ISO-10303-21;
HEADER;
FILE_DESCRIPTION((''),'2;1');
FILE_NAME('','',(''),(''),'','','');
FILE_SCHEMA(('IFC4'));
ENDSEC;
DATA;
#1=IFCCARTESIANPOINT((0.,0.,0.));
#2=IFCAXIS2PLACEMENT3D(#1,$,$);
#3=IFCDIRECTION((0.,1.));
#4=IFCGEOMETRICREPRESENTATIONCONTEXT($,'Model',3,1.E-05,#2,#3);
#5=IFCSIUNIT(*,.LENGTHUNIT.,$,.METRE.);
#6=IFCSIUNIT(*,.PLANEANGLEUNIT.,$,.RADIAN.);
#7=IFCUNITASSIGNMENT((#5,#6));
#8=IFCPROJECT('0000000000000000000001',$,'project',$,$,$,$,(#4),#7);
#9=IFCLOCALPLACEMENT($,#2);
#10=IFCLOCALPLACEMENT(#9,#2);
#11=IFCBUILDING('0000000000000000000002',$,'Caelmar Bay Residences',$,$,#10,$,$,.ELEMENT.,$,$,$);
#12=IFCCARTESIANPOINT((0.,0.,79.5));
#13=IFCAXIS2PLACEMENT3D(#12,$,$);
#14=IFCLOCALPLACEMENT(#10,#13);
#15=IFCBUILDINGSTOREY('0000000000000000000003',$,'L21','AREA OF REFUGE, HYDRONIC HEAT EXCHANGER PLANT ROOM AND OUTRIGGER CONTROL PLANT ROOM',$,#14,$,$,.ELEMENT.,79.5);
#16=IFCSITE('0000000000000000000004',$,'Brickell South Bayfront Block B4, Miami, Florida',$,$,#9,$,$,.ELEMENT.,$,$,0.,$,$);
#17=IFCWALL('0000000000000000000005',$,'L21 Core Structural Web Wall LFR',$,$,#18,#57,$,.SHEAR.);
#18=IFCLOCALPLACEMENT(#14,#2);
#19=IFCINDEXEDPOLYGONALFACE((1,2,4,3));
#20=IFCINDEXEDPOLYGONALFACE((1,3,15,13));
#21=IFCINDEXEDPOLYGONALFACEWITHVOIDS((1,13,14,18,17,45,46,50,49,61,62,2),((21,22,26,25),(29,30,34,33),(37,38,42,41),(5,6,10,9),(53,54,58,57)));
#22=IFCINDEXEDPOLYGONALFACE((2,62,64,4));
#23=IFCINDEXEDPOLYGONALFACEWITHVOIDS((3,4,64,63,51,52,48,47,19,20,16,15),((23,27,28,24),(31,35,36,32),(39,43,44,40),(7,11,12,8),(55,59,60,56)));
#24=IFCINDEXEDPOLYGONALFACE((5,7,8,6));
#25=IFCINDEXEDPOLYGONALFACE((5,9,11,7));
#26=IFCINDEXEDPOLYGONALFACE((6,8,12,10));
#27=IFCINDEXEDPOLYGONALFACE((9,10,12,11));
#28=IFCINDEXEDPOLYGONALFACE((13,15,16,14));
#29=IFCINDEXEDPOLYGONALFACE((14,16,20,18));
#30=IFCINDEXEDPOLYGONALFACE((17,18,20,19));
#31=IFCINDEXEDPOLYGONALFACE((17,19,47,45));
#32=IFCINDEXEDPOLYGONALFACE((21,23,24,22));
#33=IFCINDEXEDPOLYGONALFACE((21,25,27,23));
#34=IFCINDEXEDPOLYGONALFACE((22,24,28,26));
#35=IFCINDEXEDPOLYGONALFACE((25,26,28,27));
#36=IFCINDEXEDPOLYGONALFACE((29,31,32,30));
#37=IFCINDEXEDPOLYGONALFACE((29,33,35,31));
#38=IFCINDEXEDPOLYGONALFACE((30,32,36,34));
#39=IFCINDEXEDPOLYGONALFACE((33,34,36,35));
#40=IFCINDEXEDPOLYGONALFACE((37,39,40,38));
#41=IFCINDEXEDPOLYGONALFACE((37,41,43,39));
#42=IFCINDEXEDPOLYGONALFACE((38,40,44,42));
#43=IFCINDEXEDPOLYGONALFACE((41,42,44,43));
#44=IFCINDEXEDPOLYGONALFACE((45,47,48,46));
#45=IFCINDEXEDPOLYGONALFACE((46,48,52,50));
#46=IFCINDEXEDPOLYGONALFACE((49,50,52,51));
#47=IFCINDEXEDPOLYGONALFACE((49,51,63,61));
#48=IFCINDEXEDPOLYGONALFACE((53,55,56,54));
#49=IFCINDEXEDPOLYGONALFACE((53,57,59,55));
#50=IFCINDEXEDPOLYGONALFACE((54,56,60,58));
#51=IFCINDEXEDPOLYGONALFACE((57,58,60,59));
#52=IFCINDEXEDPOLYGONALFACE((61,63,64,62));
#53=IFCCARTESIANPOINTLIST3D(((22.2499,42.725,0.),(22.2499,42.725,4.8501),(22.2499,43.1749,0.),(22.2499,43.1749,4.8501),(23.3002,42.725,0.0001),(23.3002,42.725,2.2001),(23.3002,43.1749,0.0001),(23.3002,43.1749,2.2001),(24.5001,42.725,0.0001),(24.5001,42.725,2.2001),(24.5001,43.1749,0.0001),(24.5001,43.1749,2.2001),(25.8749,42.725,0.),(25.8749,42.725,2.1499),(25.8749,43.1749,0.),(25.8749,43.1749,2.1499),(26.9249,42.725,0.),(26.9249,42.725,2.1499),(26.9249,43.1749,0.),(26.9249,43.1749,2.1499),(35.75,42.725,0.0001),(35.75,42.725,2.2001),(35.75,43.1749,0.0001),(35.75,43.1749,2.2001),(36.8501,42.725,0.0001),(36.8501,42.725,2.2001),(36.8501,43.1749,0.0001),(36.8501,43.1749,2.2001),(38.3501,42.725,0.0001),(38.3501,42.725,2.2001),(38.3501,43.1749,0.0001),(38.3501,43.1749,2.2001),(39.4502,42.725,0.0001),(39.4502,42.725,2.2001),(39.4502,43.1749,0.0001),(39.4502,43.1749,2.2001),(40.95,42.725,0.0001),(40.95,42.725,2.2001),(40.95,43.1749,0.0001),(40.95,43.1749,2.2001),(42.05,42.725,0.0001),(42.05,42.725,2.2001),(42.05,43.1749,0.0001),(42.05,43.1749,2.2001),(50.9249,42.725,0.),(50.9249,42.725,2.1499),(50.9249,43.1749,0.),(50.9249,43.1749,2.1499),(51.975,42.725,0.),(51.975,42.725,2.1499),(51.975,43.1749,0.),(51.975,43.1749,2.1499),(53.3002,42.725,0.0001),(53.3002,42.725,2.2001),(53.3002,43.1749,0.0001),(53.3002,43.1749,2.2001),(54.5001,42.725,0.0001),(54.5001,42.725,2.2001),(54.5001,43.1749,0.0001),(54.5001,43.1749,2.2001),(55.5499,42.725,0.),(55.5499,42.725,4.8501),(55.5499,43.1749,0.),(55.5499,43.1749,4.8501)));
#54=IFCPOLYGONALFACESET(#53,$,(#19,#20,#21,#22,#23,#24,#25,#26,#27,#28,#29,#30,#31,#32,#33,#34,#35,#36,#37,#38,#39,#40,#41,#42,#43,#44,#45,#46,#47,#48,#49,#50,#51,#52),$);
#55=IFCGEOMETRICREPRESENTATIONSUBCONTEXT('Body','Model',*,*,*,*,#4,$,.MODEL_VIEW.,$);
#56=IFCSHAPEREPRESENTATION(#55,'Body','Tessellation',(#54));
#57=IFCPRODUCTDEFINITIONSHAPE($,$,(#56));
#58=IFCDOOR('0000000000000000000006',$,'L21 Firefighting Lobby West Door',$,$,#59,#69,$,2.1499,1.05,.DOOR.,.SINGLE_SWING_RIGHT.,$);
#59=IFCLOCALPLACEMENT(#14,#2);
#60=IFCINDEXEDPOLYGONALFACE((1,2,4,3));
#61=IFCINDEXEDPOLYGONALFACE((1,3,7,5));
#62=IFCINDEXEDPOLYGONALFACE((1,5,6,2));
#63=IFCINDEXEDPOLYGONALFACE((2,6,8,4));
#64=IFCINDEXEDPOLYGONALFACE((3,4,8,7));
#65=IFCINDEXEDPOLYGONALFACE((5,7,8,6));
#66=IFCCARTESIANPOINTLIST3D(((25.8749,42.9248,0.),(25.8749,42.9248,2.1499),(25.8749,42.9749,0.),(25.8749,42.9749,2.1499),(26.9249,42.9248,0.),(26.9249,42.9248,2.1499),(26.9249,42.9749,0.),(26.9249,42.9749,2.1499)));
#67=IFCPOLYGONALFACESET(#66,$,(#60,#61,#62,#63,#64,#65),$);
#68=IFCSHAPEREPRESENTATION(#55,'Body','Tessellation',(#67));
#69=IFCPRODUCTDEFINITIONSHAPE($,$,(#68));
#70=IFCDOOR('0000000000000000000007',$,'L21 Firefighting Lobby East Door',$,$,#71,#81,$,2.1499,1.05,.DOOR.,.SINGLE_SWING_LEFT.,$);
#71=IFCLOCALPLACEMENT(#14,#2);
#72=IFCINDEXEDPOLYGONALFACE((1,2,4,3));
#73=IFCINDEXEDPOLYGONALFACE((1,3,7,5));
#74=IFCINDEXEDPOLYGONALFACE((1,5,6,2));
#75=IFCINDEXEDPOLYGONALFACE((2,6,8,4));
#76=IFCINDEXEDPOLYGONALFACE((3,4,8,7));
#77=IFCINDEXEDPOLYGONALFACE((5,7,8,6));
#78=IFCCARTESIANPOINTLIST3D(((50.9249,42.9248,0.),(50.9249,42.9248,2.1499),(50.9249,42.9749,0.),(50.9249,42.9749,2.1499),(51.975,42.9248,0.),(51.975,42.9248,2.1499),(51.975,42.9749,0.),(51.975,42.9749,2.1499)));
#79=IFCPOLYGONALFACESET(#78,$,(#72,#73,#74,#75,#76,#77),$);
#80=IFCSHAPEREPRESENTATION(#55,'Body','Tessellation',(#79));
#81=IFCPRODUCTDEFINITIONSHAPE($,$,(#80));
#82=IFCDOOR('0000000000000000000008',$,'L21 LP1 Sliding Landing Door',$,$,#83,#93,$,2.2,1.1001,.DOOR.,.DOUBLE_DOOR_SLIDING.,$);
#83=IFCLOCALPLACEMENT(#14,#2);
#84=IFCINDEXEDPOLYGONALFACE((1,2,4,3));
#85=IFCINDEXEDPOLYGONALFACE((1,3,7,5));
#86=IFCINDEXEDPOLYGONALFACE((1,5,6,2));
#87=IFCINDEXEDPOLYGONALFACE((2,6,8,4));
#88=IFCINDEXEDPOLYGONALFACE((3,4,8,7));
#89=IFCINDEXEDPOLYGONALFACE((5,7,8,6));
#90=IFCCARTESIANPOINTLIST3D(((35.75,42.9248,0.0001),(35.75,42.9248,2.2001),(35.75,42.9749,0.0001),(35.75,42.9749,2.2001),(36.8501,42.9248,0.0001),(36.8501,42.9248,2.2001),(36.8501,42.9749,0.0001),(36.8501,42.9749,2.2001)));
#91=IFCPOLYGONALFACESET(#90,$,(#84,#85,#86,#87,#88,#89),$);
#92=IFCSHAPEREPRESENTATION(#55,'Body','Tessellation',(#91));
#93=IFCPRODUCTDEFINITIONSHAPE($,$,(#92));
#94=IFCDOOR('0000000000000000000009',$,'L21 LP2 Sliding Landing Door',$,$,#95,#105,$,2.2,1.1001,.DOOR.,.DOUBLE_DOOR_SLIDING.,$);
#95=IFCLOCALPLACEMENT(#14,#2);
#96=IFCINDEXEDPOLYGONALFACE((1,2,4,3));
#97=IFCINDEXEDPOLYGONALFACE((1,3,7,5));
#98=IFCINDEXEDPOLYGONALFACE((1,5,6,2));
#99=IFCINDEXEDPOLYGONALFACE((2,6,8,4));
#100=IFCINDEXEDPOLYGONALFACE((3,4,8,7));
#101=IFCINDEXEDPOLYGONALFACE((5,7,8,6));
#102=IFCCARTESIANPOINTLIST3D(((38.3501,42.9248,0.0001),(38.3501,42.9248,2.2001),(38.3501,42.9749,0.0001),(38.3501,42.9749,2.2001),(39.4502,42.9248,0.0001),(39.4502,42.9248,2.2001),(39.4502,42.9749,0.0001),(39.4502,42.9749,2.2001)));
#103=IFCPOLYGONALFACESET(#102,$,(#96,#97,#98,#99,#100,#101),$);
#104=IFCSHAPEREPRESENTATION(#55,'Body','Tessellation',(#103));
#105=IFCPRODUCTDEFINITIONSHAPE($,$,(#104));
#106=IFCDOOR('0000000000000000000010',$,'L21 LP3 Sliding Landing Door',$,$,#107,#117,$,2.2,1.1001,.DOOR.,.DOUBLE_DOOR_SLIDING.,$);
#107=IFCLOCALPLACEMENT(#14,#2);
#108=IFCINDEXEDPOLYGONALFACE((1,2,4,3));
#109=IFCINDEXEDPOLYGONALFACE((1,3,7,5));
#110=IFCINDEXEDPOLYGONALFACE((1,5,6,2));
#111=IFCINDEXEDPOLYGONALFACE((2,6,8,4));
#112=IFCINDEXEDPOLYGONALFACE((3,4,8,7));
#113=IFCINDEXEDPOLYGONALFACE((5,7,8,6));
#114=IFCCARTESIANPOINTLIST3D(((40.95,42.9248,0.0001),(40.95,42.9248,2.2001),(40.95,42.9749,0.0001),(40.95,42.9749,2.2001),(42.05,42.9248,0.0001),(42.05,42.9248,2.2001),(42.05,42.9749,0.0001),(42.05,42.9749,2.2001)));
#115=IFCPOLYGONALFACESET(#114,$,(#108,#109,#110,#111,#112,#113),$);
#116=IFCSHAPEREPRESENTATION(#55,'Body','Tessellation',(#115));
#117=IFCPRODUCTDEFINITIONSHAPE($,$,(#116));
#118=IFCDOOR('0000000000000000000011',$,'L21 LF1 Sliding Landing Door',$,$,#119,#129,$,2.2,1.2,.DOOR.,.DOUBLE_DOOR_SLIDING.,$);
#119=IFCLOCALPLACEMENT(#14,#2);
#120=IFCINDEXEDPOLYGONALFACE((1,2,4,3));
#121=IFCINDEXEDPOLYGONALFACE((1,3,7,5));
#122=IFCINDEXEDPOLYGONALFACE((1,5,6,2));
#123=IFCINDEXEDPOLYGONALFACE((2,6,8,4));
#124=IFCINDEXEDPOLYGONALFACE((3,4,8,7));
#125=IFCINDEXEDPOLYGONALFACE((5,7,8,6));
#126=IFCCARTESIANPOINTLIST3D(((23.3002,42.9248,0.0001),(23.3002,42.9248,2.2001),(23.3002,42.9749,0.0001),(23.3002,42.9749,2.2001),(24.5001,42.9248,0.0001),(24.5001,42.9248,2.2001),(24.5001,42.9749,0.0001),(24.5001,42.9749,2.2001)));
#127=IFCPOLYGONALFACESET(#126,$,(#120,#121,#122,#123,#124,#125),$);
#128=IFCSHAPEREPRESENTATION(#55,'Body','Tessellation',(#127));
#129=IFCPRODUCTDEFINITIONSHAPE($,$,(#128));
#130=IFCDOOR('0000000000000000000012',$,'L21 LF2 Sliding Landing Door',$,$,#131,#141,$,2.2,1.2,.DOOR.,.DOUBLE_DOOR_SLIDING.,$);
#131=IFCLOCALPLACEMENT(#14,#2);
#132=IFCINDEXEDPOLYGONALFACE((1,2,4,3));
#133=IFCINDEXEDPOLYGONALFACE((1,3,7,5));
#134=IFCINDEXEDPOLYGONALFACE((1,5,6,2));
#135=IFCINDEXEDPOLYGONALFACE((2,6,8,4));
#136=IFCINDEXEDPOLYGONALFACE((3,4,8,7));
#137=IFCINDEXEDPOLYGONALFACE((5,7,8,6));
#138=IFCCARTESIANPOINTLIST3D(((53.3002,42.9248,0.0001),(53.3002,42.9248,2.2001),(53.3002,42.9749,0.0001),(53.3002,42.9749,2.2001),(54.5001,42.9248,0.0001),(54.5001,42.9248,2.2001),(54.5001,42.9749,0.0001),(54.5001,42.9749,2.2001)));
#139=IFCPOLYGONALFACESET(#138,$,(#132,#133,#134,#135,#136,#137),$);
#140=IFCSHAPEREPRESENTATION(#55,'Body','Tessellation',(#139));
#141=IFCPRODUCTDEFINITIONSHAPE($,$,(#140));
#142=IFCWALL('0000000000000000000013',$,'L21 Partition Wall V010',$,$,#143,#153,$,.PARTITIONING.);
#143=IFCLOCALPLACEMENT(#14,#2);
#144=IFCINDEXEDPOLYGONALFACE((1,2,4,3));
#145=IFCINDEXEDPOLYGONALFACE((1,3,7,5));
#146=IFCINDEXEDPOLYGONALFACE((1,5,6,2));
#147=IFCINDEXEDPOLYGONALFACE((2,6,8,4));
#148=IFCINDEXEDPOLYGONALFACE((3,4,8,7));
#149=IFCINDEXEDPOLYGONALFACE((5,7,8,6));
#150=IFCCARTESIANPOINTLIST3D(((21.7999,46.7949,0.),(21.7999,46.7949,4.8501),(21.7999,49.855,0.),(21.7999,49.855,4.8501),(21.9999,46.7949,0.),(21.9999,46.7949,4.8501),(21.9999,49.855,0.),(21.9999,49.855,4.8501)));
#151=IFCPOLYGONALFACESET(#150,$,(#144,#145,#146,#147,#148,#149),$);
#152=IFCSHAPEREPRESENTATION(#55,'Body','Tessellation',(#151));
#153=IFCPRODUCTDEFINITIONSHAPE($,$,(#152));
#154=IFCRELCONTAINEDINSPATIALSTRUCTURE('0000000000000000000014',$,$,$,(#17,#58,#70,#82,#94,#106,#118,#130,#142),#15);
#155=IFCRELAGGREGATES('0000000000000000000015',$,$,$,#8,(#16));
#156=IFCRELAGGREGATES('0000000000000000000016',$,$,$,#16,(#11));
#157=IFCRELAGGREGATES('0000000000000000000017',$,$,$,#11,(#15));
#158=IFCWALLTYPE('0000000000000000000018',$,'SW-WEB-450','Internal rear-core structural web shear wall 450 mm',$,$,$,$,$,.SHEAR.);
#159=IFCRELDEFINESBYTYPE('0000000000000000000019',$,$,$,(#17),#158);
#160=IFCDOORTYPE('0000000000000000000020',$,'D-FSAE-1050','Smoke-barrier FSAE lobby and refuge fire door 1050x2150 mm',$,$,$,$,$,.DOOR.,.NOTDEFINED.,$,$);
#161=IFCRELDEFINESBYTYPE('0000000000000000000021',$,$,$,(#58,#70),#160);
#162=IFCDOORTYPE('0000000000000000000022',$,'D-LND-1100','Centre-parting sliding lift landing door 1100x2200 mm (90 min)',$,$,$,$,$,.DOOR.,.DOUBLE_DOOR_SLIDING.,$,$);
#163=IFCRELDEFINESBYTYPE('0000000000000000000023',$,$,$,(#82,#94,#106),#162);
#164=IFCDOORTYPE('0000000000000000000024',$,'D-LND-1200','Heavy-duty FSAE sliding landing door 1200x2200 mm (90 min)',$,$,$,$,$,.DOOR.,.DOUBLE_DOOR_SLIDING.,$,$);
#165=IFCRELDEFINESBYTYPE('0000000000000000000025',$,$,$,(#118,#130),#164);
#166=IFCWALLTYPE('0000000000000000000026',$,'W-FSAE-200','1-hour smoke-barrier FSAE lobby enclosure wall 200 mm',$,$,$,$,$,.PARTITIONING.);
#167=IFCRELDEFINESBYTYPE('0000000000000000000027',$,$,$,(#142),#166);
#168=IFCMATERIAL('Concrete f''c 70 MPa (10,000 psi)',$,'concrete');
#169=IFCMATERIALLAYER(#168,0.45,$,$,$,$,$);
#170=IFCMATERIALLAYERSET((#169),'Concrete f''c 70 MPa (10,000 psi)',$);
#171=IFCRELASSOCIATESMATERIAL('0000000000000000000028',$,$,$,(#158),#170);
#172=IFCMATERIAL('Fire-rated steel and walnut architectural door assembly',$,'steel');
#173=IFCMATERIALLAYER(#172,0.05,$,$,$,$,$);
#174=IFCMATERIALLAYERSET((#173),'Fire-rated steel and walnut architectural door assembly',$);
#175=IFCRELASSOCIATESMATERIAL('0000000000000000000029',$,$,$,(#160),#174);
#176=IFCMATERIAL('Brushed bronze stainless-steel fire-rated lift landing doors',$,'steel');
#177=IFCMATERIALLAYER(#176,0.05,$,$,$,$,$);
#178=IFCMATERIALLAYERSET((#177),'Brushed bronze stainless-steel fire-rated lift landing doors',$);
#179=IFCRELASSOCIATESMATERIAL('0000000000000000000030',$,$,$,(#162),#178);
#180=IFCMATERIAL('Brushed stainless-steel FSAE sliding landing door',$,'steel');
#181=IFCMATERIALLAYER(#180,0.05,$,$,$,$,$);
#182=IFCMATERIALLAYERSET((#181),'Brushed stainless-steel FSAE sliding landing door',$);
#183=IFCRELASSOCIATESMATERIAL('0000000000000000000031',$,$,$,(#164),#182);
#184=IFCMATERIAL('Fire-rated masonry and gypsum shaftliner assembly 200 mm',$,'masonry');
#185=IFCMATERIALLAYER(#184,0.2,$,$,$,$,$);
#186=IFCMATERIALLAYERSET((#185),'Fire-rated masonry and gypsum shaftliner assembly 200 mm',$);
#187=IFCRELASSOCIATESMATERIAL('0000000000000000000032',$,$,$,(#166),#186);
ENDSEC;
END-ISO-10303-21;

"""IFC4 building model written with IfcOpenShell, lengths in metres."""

from ifc_helpers import new_model, si_unit, direction, frame, frame_2d, origin, place, context, subcontext, project, spatial, rectangle, extrude, material, layer, layer_set, type_object, element, fill, save


model = new_model("IFC4")

# Units and contexts
model_context = context("Model", 3, precision=1e-05, world=origin(), true_north=direction((0.0, 1.0)))
body_context = subcontext(model_context, "Body", "Model", "MODEL_VIEW")
ifc_project = project(units=[si_unit("LENGTHUNIT", "METRE"), si_unit("PLANEANGLEUNIT", "RADIAN")], contexts=[model_context])

# Site, building, storey
site_placement = place(None, origin())
site = spatial("IfcSite", under=ifc_project, at=site_placement, Name="Brickell South Bayfront Block B4, Miami, Florida", CompositionType="ELEMENT", RefElevation=0.0)
building_placement = place(site_placement, origin())
building = spatial("IfcBuilding", under=site, at=building_placement, Name="Caelmar Bay Residences", CompositionType="ELEMENT")
storey_placement = place(building_placement, frame((0.0, 0.0, 79.5)))
storey = spatial("IfcBuildingStorey", under=building, at=storey_placement, Name="L21", Description="AREA OF REFUGE, HYDRONIC HEAT EXCHANGER PLANT ROOM AND OUTRIGGER CONTROL PLANT ROOM", CompositionType="ELEMENT", Elevation=79.5)

# Wall, openings, doors
ifc_material_1 = material(Name="Concrete f'c 70 MPa (10,000 psi)", Category="concrete")
ifc_layer_1 = layer(ifc_material_1, 0.45)
ifc_layer_set_1 = layer_set([ifc_layer_1], Name="Concrete f'c 70 MPa (10,000 psi)")
wall_type_1 = type_object("IfcWallType", Name="SW-WEB-450", Description="Internal rear-core structural web shear wall 450 mm", PredefinedType="SHEAR", material=ifc_layer_set_1)
wall_1_placement = place(storey_placement, frame((22.25, 42.95, 0.0), z_axis=(0.0, 0.0, 1.0), x_axis=(1.0, 0.0, 0.0)))
wall_1 = element("IfcWall", 1, at=wall_1_placement, inside=storey, type_object=wall_type_1, Name="L21 Core Structural Web Wall LFR", PredefinedType="SHEAR", context=body_context, shape_type="SweptSolid", body=[
    extrude(rectangle(XDim=33.3, YDim=0.45, at=frame_2d((16.6499, 0.0))), origin(), (0.0, 0.0, 1.0), 4.8501),
])
opening_1_placement = place(wall_1_placement, frame((1.05, 0.0, 0.0)))
opening_1 = element("IfcOpeningElement", 2, at=opening_1_placement, cuts=wall_1, PredefinedType="OPENING", context=body_context, shape_type="SweptSolid", body=[
    extrude(rectangle(XDim=1.2, YDim=2.2, at=frame_2d((0.6001, 1.1001))), frame((0.0, 0.2349, 0.0), z_axis=(0.0, -1.0, 0.0), x_axis=(1.0, 0.0, 0.0)), (0.0, 0.0, 1.0), 0.47),
])
opening_2_placement = place(wall_1_placement, frame((31.05, 0.0, 0.0)))
opening_2 = element("IfcOpeningElement", 3, at=opening_2_placement, cuts=wall_1, PredefinedType="OPENING", context=body_context, shape_type="SweptSolid", body=[
    extrude(rectangle(XDim=1.2, YDim=2.2, at=frame_2d((0.6001, 1.1001))), frame((0.0, 0.2349, 0.0), z_axis=(0.0, -1.0, 0.0), x_axis=(1.0, 0.0, 0.0)), (0.0, 0.0, 1.0), 0.47),
])
opening_3_placement = place(wall_1_placement, frame((13.5, 0.0, 0.0)))
opening_3 = element("IfcOpeningElement", 4, at=opening_3_placement, cuts=wall_1, PredefinedType="OPENING", context=body_context, shape_type="SweptSolid", body=[
    extrude(rectangle(XDim=1.1001, YDim=2.2, at=frame_2d((0.55, 1.1001))), frame((0.0, 0.2349, 0.0), z_axis=(0.0, -1.0, 0.0), x_axis=(1.0, 0.0, 0.0)), (0.0, 0.0, 1.0), 0.47),
])
opening_4_placement = place(wall_1_placement, frame((16.1001, 0.0, 0.0)))
opening_4 = element("IfcOpeningElement", 5, at=opening_4_placement, cuts=wall_1, PredefinedType="OPENING", context=body_context, shape_type="SweptSolid", body=[
    extrude(rectangle(XDim=1.1001, YDim=2.2, at=frame_2d((0.55, 1.1001))), frame((0.0, 0.2349, 0.0), z_axis=(0.0, -1.0, 0.0), x_axis=(1.0, 0.0, 0.0)), (0.0, 0.0, 1.0), 0.47),
])
opening_5_placement = place(wall_1_placement, frame((18.7, 0.0, 0.0)))
opening_5 = element("IfcOpeningElement", 6, at=opening_5_placement, cuts=wall_1, PredefinedType="OPENING", context=body_context, shape_type="SweptSolid", body=[
    extrude(rectangle(XDim=1.1001, YDim=2.2, at=frame_2d((0.55, 1.1001))), frame((0.0, 0.2349, 0.0), z_axis=(0.0, -1.0, 0.0), x_axis=(1.0, 0.0, 0.0)), (0.0, 0.0, 1.0), 0.47),
])
opening_6_placement = place(wall_1_placement, frame((3.625, 0.0, 0.0)))
opening_6 = element("IfcOpeningElement", 7, at=opening_6_placement, cuts=wall_1, PredefinedType="OPENING", context=body_context, shape_type="SweptSolid", body=[
    extrude(rectangle(XDim=1.05, YDim=2.1499, at=frame_2d((0.5249, 1.075))), frame((0.0, 0.2349, 0.0), z_axis=(0.0, -1.0, 0.0), x_axis=(1.0, 0.0, 0.0)), (0.0, 0.0, 1.0), 0.47),
])
opening_7_placement = place(wall_1_placement, frame((28.675, 0.0, 0.0)))
opening_7 = element("IfcOpeningElement", 8, at=opening_7_placement, cuts=wall_1, PredefinedType="OPENING", context=body_context, shape_type="SweptSolid", body=[
    extrude(rectangle(XDim=1.05, YDim=2.1499, at=frame_2d((0.5249, 1.075))), frame((0.0, 0.2349, 0.0), z_axis=(0.0, -1.0, 0.0), x_axis=(1.0, 0.0, 0.0)), (0.0, 0.0, 1.0), 0.47),
])
ifc_material_2 = material(Name="Fire-rated steel and walnut architectural door assembly", Category="steel")
ifc_layer_2 = layer(ifc_material_2, 0.05)
ifc_layer_set_2 = layer_set([ifc_layer_2], Name="Fire-rated steel and walnut architectural door assembly")
door_type_1 = type_object("IfcDoorType", Name="D-FSAE-1050", Description="Smoke-barrier FSAE lobby and refuge fire door 1050x2150 mm", OperationType="NOTDEFINED", PredefinedType="DOOR", material=ifc_layer_set_2)
door_1_placement = place(opening_6_placement, origin())
door_1 = element("IfcDoor", 9, at=door_1_placement, inside=storey, type_object=door_type_1, Name="L21 Firefighting Lobby West Door", OperationType="SINGLE_SWING_RIGHT", OverallHeight=2.1499, OverallWidth=1.05, PredefinedType="DOOR", context=body_context, shape_type="SweptSolid", body=[
    extrude(rectangle(XDim=1.05, YDim=2.1499, at=frame_2d((0.5249, 1.075))), frame((0.0, 0.0249, 0.0), z_axis=(0.0, -1.0, 0.0), x_axis=(1.0, 0.0, 0.0)), (0.0, 0.0, 1.0), 0.05),
])
fill(opening_6, door_1)
door_2_placement = place(opening_7_placement, origin())
door_2 = element("IfcDoor", 10, at=door_2_placement, inside=storey, type_object=door_type_1, Name="L21 Firefighting Lobby East Door", OperationType="SINGLE_SWING_LEFT", OverallHeight=2.1499, OverallWidth=1.05, PredefinedType="DOOR", context=body_context, shape_type="SweptSolid", body=[
    extrude(rectangle(XDim=1.05, YDim=2.1499, at=frame_2d((0.5249, 1.075))), frame((0.0, 0.0249, 0.0), z_axis=(0.0, -1.0, 0.0), x_axis=(1.0, 0.0, 0.0)), (0.0, 0.0, 1.0), 0.05),
])
fill(opening_7, door_2)
ifc_material_3 = material(Name="Brushed bronze stainless-steel fire-rated lift landing doors", Category="steel")
ifc_layer_3 = layer(ifc_material_3, 0.05)
ifc_layer_set_3 = layer_set([ifc_layer_3], Name="Brushed bronze stainless-steel fire-rated lift landing doors")
door_type_2 = type_object("IfcDoorType", Name="D-LND-1100", Description="Centre-parting sliding lift landing door 1100x2200 mm (90 min)", OperationType="DOUBLE_DOOR_SLIDING", PredefinedType="DOOR", material=ifc_layer_set_3)
door_3_placement = place(opening_3_placement, origin())
door_3 = element("IfcDoor", 11, at=door_3_placement, inside=storey, type_object=door_type_2, Name="L21 LP1 Sliding Landing Door", OperationType="DOUBLE_DOOR_SLIDING", OverallHeight=2.2, OverallWidth=1.1001, PredefinedType="DOOR", context=body_context, shape_type="SweptSolid", body=[
    extrude(rectangle(XDim=1.1001, YDim=2.2, at=frame_2d((0.55, 1.1001))), frame((0.0, 0.0249, 0.0), z_axis=(0.0, -1.0, 0.0), x_axis=(1.0, 0.0, 0.0)), (0.0, 0.0, 1.0), 0.05),
])
fill(opening_3, door_3)
door_4_placement = place(opening_4_placement, origin())
door_4 = element("IfcDoor", 12, at=door_4_placement, inside=storey, type_object=door_type_2, Name="L21 LP2 Sliding Landing Door", OperationType="DOUBLE_DOOR_SLIDING", OverallHeight=2.2, OverallWidth=1.1001, PredefinedType="DOOR", context=body_context, shape_type="SweptSolid", body=[
    extrude(rectangle(XDim=1.1001, YDim=2.2, at=frame_2d((0.55, 1.1001))), frame((0.0, 0.0249, 0.0), z_axis=(0.0, -1.0, 0.0), x_axis=(1.0, 0.0, 0.0)), (0.0, 0.0, 1.0), 0.05),
])
fill(opening_4, door_4)
door_5_placement = place(opening_5_placement, origin())
door_5 = element("IfcDoor", 13, at=door_5_placement, inside=storey, type_object=door_type_2, Name="L21 LP3 Sliding Landing Door", OperationType="DOUBLE_DOOR_SLIDING", OverallHeight=2.2, OverallWidth=1.1001, PredefinedType="DOOR", context=body_context, shape_type="SweptSolid", body=[
    extrude(rectangle(XDim=1.1001, YDim=2.2, at=frame_2d((0.55, 1.1001))), frame((0.0, 0.0249, 0.0), z_axis=(0.0, -1.0, 0.0), x_axis=(1.0, 0.0, 0.0)), (0.0, 0.0, 1.0), 0.05),
])
fill(opening_5, door_5)
ifc_material_4 = material(Name="Brushed stainless-steel FSAE sliding landing door", Category="steel")
ifc_layer_4 = layer(ifc_material_4, 0.05)
ifc_layer_set_4 = layer_set([ifc_layer_4], Name="Brushed stainless-steel FSAE sliding landing door")
door_type_3 = type_object("IfcDoorType", Name="D-LND-1200", Description="Heavy-duty FSAE sliding landing door 1200x2200 mm (90 min)", OperationType="DOUBLE_DOOR_SLIDING", PredefinedType="DOOR", material=ifc_layer_set_4)
door_6_placement = place(opening_1_placement, origin())
door_6 = element("IfcDoor", 14, at=door_6_placement, inside=storey, type_object=door_type_3, Name="L21 LF1 Sliding Landing Door", OperationType="DOUBLE_DOOR_SLIDING", OverallHeight=2.2, OverallWidth=1.2, PredefinedType="DOOR", context=body_context, shape_type="SweptSolid", body=[
    extrude(rectangle(XDim=1.2, YDim=2.2, at=frame_2d((0.6001, 1.1001))), frame((0.0, 0.0249, 0.0), z_axis=(0.0, -1.0, 0.0), x_axis=(1.0, 0.0, 0.0)), (0.0, 0.0, 1.0), 0.05),
])
fill(opening_1, door_6)
door_7_placement = place(opening_2_placement, origin())
door_7 = element("IfcDoor", 15, at=door_7_placement, inside=storey, type_object=door_type_3, Name="L21 LF2 Sliding Landing Door", OperationType="DOUBLE_DOOR_SLIDING", OverallHeight=2.2, OverallWidth=1.2, PredefinedType="DOOR", context=body_context, shape_type="SweptSolid", body=[
    extrude(rectangle(XDim=1.2, YDim=2.2, at=frame_2d((0.6001, 1.1001))), frame((0.0, 0.0249, 0.0), z_axis=(0.0, -1.0, 0.0), x_axis=(1.0, 0.0, 0.0)), (0.0, 0.0, 1.0), 0.05),
])
fill(opening_2, door_7)

# Wall
ifc_material_5 = material(Name="Fire-rated masonry and gypsum shaftliner assembly 200 mm", Category="masonry")
ifc_layer_5 = layer(ifc_material_5, 0.2)
ifc_layer_set_5 = layer_set([ifc_layer_5], Name="Fire-rated masonry and gypsum shaftliner assembly 200 mm")
wall_type_2 = type_object("IfcWallType", Name="W-FSAE-200", Description="1-hour smoke-barrier FSAE lobby enclosure wall 200 mm", PredefinedType="PARTITIONING", material=ifc_layer_set_5)
wall_2_placement = place(storey_placement, frame((21.8999, 46.7949, 0.0), z_axis=(0.0, 0.0, 1.0), x_axis=(0.0, 1.0, 0.0)))
element("IfcWall", 16, at=wall_2_placement, inside=storey, type_object=wall_type_2, Name="L21 Partition Wall V010", PredefinedType="PARTITIONING", context=body_context, shape_type="SweptSolid", body=[
    extrude(rectangle(XDim=3.0601, YDim=0.2, at=frame_2d((1.53, 0.0))), origin(), (0.0, 0.0, 1.0), 4.8501),
])

save(model, "model.ifc")
